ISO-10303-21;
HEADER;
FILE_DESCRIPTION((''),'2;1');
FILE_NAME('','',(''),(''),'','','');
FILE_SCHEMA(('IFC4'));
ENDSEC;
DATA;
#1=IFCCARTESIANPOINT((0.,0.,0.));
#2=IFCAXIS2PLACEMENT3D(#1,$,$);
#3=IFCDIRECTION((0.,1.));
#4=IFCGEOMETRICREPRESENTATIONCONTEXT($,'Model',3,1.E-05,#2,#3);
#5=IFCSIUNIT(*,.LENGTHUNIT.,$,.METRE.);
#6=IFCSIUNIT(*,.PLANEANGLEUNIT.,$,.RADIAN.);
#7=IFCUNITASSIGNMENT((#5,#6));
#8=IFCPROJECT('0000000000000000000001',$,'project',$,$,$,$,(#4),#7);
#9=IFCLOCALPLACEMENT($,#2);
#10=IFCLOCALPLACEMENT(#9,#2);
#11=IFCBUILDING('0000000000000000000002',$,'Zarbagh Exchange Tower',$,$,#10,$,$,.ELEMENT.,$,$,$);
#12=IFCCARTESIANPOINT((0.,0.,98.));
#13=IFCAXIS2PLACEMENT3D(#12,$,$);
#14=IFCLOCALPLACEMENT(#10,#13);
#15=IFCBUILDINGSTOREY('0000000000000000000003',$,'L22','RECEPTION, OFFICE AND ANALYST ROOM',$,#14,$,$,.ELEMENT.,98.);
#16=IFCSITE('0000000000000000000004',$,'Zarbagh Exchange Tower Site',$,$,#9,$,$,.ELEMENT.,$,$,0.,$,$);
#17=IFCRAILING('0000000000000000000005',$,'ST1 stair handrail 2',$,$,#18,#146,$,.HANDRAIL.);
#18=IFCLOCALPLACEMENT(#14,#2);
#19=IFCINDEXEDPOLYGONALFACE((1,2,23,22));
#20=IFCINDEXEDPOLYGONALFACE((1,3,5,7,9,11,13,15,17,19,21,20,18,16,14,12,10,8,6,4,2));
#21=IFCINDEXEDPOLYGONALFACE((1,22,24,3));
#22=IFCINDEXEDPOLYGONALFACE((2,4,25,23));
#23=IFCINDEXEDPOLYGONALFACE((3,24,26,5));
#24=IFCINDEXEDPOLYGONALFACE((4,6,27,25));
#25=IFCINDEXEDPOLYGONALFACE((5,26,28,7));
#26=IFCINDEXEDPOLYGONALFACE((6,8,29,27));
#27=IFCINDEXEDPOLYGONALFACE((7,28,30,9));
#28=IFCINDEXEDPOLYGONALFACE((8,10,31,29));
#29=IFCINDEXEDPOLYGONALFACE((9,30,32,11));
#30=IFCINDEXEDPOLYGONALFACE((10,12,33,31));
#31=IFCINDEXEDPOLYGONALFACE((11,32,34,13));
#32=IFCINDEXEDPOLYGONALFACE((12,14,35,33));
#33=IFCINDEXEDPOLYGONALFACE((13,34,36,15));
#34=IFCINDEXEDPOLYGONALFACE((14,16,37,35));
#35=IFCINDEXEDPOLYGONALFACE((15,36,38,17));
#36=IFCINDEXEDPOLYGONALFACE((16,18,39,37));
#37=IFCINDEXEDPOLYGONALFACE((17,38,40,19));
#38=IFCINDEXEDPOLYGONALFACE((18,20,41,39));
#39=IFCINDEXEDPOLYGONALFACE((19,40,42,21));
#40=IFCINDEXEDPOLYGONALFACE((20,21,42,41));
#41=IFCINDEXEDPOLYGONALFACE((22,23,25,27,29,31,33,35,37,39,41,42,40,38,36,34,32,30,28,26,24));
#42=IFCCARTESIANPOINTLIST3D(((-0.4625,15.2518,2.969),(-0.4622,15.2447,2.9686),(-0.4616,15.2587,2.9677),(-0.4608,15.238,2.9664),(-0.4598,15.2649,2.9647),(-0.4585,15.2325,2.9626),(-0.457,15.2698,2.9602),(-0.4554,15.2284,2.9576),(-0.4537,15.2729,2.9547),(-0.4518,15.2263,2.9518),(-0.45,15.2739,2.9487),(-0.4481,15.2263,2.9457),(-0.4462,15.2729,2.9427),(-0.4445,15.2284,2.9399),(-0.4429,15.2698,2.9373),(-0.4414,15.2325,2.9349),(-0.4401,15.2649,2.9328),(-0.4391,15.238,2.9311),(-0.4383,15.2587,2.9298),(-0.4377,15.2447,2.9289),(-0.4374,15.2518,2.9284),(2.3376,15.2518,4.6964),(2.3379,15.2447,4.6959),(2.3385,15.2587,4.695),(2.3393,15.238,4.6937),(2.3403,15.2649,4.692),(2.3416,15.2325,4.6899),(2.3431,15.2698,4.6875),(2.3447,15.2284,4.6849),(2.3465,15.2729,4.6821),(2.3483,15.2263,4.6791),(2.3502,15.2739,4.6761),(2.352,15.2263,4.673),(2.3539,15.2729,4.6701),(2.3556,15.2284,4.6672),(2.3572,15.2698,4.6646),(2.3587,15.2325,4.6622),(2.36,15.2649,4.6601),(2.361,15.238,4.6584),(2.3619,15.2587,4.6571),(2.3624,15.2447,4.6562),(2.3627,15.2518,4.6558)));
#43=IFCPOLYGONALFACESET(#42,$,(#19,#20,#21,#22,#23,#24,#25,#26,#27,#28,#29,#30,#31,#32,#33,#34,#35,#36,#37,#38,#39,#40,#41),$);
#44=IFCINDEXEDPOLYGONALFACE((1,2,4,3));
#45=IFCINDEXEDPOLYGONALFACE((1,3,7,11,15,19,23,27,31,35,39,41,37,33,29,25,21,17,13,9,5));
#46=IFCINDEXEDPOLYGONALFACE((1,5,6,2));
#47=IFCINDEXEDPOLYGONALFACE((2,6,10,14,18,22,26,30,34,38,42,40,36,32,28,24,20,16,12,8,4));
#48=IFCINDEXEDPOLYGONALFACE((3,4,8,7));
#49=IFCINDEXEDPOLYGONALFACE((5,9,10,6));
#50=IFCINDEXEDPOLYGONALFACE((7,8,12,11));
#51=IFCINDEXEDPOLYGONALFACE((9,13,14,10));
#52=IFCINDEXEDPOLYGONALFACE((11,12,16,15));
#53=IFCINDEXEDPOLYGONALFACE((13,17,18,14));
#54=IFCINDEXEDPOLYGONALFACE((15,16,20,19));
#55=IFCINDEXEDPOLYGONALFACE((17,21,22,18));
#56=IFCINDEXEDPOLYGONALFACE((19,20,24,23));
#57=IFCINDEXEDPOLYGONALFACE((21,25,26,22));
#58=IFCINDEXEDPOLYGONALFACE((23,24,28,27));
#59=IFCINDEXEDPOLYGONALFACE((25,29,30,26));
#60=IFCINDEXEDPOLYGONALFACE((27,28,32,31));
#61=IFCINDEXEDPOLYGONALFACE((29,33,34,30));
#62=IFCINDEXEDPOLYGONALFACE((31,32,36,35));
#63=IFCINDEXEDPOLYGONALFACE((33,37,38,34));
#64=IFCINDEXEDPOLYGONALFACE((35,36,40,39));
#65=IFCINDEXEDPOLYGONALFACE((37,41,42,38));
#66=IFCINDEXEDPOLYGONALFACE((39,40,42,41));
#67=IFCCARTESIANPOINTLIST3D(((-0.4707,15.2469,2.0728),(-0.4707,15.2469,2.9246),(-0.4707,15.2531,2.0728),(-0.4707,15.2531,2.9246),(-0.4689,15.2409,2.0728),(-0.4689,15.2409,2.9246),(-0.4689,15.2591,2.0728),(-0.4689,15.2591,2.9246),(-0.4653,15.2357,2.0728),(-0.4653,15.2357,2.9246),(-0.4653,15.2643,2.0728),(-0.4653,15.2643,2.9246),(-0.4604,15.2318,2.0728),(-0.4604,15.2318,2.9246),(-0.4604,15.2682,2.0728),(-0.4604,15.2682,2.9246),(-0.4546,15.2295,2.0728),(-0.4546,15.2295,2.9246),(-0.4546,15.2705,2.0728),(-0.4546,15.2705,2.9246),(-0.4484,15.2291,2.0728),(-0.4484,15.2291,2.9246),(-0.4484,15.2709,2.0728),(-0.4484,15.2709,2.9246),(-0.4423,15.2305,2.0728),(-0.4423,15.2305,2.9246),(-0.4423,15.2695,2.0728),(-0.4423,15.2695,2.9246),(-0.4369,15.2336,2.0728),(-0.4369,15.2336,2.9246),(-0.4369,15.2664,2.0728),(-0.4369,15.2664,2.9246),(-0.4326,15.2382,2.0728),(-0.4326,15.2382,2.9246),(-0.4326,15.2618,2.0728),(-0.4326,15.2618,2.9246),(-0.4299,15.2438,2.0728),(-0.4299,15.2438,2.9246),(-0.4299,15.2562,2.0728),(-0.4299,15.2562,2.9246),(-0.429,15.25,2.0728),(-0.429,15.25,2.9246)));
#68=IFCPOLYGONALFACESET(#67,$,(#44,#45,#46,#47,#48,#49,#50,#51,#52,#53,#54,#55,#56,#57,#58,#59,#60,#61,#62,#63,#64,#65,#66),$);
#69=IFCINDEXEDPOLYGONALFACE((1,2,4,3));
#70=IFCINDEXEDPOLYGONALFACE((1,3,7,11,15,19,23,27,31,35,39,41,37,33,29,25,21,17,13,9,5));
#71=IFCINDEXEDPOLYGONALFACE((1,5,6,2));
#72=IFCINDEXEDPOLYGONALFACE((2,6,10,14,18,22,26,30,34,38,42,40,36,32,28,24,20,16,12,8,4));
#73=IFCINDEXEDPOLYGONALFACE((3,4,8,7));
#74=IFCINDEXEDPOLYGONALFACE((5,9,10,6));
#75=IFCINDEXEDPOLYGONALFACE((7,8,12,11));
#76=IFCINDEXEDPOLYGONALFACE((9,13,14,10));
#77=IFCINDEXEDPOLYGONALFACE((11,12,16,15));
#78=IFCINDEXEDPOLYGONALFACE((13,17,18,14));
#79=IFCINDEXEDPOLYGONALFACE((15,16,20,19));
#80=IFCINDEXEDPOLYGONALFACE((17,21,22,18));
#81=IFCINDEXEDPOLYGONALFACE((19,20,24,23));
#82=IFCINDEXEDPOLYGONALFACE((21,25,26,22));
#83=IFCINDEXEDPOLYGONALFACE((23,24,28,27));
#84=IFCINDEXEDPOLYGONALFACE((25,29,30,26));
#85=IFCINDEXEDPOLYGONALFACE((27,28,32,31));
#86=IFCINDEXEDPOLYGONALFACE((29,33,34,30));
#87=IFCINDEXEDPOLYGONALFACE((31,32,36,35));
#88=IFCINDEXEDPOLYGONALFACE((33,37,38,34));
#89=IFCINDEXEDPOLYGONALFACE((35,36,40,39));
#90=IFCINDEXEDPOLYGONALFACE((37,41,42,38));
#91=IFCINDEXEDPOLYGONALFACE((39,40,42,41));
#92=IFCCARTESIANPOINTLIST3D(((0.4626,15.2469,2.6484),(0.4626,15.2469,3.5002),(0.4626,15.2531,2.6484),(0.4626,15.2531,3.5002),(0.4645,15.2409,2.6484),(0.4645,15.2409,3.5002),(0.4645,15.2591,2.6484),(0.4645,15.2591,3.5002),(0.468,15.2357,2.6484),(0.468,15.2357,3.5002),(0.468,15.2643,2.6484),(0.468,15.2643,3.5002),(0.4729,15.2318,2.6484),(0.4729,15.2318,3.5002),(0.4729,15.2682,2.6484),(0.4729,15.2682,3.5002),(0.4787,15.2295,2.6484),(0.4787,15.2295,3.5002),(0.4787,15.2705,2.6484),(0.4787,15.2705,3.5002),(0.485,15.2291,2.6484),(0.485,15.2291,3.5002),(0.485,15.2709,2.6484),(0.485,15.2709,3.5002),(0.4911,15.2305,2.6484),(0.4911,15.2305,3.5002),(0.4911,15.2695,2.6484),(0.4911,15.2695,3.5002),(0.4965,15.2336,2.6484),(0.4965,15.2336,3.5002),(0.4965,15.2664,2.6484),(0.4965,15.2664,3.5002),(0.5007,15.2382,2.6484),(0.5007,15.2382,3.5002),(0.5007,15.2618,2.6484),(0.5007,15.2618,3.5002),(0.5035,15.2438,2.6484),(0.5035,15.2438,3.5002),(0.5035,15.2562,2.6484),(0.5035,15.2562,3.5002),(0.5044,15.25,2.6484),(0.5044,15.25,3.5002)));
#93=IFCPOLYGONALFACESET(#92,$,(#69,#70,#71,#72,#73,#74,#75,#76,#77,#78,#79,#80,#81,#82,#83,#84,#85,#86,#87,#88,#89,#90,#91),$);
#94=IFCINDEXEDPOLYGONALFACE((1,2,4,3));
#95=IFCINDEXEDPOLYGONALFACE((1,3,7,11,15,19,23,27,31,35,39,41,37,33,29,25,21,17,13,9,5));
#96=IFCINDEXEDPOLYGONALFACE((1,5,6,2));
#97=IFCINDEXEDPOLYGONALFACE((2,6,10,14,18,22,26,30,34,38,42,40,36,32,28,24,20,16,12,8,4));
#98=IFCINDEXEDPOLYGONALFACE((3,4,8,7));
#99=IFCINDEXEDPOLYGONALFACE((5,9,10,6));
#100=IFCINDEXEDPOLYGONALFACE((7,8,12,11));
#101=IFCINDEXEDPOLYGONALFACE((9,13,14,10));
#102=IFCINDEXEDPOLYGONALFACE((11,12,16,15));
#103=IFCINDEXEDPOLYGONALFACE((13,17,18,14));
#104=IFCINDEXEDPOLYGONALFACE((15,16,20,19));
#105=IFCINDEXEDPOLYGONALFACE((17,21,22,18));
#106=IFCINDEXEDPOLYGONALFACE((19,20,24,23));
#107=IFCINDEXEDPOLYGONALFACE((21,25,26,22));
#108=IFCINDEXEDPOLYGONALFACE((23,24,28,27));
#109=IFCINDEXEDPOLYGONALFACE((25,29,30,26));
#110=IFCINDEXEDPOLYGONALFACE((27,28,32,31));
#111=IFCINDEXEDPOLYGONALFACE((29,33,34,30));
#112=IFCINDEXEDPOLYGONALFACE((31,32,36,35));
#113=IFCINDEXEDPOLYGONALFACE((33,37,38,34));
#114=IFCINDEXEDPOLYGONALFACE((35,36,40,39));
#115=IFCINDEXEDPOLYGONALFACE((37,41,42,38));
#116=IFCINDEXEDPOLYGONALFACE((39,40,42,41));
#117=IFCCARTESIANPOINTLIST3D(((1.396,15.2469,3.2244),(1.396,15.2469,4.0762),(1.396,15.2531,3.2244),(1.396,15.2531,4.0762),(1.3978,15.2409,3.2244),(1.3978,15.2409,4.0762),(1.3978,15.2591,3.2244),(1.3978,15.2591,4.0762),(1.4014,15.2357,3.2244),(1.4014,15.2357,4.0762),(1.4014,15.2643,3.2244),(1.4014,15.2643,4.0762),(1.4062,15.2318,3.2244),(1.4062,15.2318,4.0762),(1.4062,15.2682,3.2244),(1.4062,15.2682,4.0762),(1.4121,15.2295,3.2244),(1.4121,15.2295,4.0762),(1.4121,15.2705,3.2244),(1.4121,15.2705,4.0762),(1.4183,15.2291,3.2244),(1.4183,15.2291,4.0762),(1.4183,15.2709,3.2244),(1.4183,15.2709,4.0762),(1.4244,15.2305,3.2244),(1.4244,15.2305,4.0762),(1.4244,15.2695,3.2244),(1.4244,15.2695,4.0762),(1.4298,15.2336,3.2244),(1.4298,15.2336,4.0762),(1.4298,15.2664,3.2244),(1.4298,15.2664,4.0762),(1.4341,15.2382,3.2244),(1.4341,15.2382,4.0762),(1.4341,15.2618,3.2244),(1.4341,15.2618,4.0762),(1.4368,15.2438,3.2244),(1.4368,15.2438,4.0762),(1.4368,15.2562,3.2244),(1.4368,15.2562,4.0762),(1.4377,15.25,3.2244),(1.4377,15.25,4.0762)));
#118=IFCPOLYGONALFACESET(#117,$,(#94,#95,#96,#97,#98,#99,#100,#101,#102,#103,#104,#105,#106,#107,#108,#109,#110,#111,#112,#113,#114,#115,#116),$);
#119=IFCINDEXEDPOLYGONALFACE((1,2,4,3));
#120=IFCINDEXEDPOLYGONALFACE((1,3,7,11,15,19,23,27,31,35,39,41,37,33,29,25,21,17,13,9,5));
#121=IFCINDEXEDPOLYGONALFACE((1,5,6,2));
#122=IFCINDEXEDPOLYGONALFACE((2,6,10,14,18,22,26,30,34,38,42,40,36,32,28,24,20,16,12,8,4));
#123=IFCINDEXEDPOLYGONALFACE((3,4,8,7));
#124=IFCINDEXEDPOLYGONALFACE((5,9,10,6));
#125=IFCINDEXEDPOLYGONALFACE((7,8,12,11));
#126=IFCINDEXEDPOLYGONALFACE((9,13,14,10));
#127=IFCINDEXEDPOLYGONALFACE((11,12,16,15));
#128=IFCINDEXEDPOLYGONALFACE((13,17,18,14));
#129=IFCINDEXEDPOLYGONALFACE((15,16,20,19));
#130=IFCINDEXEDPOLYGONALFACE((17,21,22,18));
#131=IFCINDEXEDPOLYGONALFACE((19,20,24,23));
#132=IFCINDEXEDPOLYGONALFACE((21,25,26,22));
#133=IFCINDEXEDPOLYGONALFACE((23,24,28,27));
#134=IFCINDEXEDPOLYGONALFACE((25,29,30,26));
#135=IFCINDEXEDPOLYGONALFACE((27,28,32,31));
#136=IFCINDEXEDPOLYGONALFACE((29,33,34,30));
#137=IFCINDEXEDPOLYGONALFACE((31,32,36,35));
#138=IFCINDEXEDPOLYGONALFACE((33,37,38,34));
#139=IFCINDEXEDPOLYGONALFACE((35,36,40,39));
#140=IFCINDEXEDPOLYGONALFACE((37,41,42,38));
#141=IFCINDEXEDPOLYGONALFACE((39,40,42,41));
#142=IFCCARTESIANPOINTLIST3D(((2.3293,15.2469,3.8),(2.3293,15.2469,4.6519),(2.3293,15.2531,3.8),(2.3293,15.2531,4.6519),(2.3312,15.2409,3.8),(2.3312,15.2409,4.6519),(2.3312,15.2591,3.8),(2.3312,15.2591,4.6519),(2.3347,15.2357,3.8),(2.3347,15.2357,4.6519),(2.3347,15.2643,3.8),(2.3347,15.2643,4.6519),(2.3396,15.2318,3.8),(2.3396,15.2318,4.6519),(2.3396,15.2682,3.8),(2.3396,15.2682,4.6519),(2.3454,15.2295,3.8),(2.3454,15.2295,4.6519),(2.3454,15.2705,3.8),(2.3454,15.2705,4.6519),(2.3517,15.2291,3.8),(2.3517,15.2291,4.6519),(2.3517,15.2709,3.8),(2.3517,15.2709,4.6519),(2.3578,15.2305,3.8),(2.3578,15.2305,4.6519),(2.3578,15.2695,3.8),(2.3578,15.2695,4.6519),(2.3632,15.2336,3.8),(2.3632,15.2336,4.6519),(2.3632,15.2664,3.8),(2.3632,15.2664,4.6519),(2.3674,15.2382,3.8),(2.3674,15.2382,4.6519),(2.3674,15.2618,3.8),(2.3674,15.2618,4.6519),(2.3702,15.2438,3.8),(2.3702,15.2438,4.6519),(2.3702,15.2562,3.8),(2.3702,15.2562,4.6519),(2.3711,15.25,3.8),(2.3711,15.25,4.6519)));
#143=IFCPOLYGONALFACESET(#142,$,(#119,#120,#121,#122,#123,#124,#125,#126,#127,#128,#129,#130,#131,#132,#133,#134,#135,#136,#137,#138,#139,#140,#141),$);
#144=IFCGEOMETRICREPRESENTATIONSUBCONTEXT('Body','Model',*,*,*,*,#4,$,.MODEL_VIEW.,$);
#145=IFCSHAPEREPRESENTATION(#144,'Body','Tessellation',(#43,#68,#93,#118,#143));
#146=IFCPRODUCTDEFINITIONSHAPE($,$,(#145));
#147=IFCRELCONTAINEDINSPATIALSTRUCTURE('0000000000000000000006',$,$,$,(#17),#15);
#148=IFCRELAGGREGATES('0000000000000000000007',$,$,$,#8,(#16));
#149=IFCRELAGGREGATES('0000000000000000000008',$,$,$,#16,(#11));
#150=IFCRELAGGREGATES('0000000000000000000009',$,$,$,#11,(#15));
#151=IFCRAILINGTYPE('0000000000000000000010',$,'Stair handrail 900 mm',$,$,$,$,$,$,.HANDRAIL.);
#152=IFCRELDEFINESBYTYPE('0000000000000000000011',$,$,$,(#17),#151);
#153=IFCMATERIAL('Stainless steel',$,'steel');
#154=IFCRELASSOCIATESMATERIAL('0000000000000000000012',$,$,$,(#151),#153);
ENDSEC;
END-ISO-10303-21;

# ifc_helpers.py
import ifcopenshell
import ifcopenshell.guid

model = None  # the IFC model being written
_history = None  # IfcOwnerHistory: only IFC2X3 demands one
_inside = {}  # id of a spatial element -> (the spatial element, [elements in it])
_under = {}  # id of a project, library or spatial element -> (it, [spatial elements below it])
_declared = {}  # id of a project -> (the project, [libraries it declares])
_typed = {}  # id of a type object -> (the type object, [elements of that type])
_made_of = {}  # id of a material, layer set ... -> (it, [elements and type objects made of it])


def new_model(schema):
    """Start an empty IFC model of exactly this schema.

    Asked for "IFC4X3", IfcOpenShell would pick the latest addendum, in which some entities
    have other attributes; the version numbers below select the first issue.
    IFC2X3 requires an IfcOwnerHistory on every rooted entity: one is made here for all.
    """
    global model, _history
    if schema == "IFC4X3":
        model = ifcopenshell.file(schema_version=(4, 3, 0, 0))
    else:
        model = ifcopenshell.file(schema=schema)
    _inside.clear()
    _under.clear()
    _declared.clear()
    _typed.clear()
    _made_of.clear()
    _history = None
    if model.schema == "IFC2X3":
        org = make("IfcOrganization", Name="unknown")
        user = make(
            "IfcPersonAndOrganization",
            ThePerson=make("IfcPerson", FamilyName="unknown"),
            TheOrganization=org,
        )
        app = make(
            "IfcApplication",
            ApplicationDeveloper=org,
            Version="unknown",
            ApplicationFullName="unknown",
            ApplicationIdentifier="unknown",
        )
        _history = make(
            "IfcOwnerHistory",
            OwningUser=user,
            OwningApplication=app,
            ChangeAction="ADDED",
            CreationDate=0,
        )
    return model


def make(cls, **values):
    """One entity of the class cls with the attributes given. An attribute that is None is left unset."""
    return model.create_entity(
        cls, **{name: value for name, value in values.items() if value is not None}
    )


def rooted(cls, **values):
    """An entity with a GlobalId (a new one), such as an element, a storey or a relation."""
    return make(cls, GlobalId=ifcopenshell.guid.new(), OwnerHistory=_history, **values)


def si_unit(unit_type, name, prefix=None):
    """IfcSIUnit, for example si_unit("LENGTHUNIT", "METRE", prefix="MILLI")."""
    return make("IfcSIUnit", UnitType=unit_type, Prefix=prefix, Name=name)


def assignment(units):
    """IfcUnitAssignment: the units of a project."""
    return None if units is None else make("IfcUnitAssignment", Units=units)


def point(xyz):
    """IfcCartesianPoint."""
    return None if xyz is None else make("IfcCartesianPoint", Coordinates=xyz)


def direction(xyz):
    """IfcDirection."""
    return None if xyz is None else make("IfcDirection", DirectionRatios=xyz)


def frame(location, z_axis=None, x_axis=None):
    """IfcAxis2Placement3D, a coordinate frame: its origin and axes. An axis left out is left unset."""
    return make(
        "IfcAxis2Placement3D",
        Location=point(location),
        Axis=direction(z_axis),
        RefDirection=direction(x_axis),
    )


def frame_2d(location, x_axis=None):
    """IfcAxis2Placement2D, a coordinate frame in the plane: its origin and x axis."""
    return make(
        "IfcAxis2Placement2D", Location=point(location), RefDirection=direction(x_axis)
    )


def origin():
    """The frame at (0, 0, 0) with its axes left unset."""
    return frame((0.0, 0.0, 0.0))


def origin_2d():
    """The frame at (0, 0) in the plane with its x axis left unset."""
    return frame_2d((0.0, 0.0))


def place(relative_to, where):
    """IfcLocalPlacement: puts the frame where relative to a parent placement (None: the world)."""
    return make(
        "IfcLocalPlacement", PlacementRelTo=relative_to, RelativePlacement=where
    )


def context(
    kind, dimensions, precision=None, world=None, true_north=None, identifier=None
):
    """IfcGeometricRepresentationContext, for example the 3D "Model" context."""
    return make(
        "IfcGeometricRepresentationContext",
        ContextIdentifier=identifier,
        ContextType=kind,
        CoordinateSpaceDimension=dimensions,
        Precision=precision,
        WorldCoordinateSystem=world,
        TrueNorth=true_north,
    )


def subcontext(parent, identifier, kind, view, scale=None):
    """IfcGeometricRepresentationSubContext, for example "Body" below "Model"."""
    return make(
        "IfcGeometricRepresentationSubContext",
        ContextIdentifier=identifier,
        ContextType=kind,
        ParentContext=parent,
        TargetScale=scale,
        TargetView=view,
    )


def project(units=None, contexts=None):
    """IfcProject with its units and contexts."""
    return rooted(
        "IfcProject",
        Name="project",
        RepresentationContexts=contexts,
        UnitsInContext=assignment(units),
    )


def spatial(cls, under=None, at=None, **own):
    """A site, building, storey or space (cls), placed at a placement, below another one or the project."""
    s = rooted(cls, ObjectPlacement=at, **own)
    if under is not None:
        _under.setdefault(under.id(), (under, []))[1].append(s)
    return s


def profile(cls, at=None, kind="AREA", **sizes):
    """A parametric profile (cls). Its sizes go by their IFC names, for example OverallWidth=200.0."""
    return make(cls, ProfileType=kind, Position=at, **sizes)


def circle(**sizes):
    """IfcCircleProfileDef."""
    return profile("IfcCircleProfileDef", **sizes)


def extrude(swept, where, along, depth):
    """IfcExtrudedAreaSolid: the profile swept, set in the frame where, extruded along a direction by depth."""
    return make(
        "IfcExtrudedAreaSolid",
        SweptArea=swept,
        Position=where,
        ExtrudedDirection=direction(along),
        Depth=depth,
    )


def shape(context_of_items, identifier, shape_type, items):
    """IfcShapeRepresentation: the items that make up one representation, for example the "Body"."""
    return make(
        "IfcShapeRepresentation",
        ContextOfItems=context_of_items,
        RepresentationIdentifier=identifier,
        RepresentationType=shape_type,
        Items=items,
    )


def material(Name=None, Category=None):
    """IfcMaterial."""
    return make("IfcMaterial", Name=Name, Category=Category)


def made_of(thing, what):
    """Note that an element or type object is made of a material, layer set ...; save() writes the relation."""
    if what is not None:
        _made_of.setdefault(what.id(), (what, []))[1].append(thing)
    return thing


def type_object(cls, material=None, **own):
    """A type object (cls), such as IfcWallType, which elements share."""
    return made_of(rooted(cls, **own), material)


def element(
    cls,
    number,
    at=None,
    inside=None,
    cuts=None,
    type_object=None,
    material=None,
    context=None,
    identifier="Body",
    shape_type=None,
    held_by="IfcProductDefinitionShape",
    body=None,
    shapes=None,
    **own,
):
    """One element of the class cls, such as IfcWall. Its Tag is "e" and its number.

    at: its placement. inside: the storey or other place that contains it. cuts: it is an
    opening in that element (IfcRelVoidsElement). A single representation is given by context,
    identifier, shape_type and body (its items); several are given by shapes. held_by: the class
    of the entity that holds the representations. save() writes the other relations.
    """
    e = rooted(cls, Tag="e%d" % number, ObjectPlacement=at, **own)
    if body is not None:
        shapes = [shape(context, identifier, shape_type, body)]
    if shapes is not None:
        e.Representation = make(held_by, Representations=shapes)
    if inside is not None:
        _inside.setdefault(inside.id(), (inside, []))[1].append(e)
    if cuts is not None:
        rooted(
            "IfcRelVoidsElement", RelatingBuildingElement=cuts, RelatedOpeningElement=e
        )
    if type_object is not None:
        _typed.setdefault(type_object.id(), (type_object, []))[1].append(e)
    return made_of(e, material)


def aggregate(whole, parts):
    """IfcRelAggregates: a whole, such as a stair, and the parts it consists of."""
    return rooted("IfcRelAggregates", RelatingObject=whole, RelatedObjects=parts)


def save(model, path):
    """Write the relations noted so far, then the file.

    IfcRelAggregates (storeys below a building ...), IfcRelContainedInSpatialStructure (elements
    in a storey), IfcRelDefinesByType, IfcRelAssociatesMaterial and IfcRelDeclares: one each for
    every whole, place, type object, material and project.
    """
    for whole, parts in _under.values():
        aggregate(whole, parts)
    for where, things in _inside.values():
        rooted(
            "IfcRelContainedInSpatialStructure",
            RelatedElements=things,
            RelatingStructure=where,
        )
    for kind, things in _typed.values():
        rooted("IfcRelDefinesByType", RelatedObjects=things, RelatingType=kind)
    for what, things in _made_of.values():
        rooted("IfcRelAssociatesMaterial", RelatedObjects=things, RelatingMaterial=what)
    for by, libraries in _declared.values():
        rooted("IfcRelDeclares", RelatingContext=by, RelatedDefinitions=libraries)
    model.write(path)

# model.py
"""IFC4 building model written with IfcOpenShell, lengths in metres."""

from ifc_helpers import new_model, si_unit, direction, frame, origin, origin_2d, place, context, subcontext, project, spatial, circle, extrude, material, type_object, element, save


model = new_model("IFC4")

# Units and contexts
model_context = context("Model", 3, precision=1e-05, world=origin(), true_north=direction((0.0, 1.0)))
body_context = subcontext(model_context, "Body", "Model", "MODEL_VIEW")
ifc_project = project(units=[si_unit("LENGTHUNIT", "METRE"), si_unit("PLANEANGLEUNIT", "RADIAN")], contexts=[model_context])

# Site, building, storey
site_placement = place(None, origin())
site = spatial("IfcSite", under=ifc_project, at=site_placement, Name="Zarbagh Exchange Tower Site", CompositionType="ELEMENT", RefElevation=0.0)
building_placement = place(site_placement, origin())
building = spatial("IfcBuilding", under=site, at=building_placement, Name="Zarbagh Exchange Tower", CompositionType="ELEMENT")
storey_placement = place(building_placement, frame((0.0, 0.0, 98.0)))
storey = spatial("IfcBuildingStorey", under=building, at=storey_placement, Name="L22", Description="RECEPTION, OFFICE AND ANALYST ROOM", CompositionType="ELEMENT", Elevation=98.0)

# Shared definitions
ifc_material_1 = material(Name="Stainless steel", Category="steel")

# Railing
railing_type_1 = type_object("IfcRailingType", Name="Stair handrail 900 mm", PredefinedType="HANDRAIL", material=ifc_material_1)
railing_1_placement = place(storey_placement, frame((-0.45, 15.25, 2.0728)))
element("IfcRailing", 1, at=railing_1_placement, inside=storey, type_object=railing_type_1, Name="ST1 stair handrail 2", PredefinedType="HANDRAIL", context=body_context, shape_type="SweptSolid", body=[
    extrude(circle(Radius=0.0239, at=origin_2d()), frame((0.0, 0.0, 0.876), z_axis=(0.85109, 0.0, 0.52502), x_axis=(0.0, 1.0, 0.0)), (0.0, 0.0, 1.0), 3.29),
    extrude(circle(Radius=0.021, at=origin_2d()), origin(), (0.0, 0.0, 1.0), 0.8518),
    extrude(circle(Radius=0.021, at=origin_2d()), frame((0.9333, 0.0, 0.5757)), (0.0, 0.0, 1.0), 0.8518),
    extrude(circle(Radius=0.021, at=origin_2d()), frame((1.8667, 0.0, 1.1516)), (0.0, 0.0, 1.0), 0.8518),
    extrude(circle(Radius=0.021, at=origin_2d()), frame((2.8, 0.0, 1.7273)), (0.0, 0.0, 1.0), 0.8518),
])

save(model, "model.ifc")
